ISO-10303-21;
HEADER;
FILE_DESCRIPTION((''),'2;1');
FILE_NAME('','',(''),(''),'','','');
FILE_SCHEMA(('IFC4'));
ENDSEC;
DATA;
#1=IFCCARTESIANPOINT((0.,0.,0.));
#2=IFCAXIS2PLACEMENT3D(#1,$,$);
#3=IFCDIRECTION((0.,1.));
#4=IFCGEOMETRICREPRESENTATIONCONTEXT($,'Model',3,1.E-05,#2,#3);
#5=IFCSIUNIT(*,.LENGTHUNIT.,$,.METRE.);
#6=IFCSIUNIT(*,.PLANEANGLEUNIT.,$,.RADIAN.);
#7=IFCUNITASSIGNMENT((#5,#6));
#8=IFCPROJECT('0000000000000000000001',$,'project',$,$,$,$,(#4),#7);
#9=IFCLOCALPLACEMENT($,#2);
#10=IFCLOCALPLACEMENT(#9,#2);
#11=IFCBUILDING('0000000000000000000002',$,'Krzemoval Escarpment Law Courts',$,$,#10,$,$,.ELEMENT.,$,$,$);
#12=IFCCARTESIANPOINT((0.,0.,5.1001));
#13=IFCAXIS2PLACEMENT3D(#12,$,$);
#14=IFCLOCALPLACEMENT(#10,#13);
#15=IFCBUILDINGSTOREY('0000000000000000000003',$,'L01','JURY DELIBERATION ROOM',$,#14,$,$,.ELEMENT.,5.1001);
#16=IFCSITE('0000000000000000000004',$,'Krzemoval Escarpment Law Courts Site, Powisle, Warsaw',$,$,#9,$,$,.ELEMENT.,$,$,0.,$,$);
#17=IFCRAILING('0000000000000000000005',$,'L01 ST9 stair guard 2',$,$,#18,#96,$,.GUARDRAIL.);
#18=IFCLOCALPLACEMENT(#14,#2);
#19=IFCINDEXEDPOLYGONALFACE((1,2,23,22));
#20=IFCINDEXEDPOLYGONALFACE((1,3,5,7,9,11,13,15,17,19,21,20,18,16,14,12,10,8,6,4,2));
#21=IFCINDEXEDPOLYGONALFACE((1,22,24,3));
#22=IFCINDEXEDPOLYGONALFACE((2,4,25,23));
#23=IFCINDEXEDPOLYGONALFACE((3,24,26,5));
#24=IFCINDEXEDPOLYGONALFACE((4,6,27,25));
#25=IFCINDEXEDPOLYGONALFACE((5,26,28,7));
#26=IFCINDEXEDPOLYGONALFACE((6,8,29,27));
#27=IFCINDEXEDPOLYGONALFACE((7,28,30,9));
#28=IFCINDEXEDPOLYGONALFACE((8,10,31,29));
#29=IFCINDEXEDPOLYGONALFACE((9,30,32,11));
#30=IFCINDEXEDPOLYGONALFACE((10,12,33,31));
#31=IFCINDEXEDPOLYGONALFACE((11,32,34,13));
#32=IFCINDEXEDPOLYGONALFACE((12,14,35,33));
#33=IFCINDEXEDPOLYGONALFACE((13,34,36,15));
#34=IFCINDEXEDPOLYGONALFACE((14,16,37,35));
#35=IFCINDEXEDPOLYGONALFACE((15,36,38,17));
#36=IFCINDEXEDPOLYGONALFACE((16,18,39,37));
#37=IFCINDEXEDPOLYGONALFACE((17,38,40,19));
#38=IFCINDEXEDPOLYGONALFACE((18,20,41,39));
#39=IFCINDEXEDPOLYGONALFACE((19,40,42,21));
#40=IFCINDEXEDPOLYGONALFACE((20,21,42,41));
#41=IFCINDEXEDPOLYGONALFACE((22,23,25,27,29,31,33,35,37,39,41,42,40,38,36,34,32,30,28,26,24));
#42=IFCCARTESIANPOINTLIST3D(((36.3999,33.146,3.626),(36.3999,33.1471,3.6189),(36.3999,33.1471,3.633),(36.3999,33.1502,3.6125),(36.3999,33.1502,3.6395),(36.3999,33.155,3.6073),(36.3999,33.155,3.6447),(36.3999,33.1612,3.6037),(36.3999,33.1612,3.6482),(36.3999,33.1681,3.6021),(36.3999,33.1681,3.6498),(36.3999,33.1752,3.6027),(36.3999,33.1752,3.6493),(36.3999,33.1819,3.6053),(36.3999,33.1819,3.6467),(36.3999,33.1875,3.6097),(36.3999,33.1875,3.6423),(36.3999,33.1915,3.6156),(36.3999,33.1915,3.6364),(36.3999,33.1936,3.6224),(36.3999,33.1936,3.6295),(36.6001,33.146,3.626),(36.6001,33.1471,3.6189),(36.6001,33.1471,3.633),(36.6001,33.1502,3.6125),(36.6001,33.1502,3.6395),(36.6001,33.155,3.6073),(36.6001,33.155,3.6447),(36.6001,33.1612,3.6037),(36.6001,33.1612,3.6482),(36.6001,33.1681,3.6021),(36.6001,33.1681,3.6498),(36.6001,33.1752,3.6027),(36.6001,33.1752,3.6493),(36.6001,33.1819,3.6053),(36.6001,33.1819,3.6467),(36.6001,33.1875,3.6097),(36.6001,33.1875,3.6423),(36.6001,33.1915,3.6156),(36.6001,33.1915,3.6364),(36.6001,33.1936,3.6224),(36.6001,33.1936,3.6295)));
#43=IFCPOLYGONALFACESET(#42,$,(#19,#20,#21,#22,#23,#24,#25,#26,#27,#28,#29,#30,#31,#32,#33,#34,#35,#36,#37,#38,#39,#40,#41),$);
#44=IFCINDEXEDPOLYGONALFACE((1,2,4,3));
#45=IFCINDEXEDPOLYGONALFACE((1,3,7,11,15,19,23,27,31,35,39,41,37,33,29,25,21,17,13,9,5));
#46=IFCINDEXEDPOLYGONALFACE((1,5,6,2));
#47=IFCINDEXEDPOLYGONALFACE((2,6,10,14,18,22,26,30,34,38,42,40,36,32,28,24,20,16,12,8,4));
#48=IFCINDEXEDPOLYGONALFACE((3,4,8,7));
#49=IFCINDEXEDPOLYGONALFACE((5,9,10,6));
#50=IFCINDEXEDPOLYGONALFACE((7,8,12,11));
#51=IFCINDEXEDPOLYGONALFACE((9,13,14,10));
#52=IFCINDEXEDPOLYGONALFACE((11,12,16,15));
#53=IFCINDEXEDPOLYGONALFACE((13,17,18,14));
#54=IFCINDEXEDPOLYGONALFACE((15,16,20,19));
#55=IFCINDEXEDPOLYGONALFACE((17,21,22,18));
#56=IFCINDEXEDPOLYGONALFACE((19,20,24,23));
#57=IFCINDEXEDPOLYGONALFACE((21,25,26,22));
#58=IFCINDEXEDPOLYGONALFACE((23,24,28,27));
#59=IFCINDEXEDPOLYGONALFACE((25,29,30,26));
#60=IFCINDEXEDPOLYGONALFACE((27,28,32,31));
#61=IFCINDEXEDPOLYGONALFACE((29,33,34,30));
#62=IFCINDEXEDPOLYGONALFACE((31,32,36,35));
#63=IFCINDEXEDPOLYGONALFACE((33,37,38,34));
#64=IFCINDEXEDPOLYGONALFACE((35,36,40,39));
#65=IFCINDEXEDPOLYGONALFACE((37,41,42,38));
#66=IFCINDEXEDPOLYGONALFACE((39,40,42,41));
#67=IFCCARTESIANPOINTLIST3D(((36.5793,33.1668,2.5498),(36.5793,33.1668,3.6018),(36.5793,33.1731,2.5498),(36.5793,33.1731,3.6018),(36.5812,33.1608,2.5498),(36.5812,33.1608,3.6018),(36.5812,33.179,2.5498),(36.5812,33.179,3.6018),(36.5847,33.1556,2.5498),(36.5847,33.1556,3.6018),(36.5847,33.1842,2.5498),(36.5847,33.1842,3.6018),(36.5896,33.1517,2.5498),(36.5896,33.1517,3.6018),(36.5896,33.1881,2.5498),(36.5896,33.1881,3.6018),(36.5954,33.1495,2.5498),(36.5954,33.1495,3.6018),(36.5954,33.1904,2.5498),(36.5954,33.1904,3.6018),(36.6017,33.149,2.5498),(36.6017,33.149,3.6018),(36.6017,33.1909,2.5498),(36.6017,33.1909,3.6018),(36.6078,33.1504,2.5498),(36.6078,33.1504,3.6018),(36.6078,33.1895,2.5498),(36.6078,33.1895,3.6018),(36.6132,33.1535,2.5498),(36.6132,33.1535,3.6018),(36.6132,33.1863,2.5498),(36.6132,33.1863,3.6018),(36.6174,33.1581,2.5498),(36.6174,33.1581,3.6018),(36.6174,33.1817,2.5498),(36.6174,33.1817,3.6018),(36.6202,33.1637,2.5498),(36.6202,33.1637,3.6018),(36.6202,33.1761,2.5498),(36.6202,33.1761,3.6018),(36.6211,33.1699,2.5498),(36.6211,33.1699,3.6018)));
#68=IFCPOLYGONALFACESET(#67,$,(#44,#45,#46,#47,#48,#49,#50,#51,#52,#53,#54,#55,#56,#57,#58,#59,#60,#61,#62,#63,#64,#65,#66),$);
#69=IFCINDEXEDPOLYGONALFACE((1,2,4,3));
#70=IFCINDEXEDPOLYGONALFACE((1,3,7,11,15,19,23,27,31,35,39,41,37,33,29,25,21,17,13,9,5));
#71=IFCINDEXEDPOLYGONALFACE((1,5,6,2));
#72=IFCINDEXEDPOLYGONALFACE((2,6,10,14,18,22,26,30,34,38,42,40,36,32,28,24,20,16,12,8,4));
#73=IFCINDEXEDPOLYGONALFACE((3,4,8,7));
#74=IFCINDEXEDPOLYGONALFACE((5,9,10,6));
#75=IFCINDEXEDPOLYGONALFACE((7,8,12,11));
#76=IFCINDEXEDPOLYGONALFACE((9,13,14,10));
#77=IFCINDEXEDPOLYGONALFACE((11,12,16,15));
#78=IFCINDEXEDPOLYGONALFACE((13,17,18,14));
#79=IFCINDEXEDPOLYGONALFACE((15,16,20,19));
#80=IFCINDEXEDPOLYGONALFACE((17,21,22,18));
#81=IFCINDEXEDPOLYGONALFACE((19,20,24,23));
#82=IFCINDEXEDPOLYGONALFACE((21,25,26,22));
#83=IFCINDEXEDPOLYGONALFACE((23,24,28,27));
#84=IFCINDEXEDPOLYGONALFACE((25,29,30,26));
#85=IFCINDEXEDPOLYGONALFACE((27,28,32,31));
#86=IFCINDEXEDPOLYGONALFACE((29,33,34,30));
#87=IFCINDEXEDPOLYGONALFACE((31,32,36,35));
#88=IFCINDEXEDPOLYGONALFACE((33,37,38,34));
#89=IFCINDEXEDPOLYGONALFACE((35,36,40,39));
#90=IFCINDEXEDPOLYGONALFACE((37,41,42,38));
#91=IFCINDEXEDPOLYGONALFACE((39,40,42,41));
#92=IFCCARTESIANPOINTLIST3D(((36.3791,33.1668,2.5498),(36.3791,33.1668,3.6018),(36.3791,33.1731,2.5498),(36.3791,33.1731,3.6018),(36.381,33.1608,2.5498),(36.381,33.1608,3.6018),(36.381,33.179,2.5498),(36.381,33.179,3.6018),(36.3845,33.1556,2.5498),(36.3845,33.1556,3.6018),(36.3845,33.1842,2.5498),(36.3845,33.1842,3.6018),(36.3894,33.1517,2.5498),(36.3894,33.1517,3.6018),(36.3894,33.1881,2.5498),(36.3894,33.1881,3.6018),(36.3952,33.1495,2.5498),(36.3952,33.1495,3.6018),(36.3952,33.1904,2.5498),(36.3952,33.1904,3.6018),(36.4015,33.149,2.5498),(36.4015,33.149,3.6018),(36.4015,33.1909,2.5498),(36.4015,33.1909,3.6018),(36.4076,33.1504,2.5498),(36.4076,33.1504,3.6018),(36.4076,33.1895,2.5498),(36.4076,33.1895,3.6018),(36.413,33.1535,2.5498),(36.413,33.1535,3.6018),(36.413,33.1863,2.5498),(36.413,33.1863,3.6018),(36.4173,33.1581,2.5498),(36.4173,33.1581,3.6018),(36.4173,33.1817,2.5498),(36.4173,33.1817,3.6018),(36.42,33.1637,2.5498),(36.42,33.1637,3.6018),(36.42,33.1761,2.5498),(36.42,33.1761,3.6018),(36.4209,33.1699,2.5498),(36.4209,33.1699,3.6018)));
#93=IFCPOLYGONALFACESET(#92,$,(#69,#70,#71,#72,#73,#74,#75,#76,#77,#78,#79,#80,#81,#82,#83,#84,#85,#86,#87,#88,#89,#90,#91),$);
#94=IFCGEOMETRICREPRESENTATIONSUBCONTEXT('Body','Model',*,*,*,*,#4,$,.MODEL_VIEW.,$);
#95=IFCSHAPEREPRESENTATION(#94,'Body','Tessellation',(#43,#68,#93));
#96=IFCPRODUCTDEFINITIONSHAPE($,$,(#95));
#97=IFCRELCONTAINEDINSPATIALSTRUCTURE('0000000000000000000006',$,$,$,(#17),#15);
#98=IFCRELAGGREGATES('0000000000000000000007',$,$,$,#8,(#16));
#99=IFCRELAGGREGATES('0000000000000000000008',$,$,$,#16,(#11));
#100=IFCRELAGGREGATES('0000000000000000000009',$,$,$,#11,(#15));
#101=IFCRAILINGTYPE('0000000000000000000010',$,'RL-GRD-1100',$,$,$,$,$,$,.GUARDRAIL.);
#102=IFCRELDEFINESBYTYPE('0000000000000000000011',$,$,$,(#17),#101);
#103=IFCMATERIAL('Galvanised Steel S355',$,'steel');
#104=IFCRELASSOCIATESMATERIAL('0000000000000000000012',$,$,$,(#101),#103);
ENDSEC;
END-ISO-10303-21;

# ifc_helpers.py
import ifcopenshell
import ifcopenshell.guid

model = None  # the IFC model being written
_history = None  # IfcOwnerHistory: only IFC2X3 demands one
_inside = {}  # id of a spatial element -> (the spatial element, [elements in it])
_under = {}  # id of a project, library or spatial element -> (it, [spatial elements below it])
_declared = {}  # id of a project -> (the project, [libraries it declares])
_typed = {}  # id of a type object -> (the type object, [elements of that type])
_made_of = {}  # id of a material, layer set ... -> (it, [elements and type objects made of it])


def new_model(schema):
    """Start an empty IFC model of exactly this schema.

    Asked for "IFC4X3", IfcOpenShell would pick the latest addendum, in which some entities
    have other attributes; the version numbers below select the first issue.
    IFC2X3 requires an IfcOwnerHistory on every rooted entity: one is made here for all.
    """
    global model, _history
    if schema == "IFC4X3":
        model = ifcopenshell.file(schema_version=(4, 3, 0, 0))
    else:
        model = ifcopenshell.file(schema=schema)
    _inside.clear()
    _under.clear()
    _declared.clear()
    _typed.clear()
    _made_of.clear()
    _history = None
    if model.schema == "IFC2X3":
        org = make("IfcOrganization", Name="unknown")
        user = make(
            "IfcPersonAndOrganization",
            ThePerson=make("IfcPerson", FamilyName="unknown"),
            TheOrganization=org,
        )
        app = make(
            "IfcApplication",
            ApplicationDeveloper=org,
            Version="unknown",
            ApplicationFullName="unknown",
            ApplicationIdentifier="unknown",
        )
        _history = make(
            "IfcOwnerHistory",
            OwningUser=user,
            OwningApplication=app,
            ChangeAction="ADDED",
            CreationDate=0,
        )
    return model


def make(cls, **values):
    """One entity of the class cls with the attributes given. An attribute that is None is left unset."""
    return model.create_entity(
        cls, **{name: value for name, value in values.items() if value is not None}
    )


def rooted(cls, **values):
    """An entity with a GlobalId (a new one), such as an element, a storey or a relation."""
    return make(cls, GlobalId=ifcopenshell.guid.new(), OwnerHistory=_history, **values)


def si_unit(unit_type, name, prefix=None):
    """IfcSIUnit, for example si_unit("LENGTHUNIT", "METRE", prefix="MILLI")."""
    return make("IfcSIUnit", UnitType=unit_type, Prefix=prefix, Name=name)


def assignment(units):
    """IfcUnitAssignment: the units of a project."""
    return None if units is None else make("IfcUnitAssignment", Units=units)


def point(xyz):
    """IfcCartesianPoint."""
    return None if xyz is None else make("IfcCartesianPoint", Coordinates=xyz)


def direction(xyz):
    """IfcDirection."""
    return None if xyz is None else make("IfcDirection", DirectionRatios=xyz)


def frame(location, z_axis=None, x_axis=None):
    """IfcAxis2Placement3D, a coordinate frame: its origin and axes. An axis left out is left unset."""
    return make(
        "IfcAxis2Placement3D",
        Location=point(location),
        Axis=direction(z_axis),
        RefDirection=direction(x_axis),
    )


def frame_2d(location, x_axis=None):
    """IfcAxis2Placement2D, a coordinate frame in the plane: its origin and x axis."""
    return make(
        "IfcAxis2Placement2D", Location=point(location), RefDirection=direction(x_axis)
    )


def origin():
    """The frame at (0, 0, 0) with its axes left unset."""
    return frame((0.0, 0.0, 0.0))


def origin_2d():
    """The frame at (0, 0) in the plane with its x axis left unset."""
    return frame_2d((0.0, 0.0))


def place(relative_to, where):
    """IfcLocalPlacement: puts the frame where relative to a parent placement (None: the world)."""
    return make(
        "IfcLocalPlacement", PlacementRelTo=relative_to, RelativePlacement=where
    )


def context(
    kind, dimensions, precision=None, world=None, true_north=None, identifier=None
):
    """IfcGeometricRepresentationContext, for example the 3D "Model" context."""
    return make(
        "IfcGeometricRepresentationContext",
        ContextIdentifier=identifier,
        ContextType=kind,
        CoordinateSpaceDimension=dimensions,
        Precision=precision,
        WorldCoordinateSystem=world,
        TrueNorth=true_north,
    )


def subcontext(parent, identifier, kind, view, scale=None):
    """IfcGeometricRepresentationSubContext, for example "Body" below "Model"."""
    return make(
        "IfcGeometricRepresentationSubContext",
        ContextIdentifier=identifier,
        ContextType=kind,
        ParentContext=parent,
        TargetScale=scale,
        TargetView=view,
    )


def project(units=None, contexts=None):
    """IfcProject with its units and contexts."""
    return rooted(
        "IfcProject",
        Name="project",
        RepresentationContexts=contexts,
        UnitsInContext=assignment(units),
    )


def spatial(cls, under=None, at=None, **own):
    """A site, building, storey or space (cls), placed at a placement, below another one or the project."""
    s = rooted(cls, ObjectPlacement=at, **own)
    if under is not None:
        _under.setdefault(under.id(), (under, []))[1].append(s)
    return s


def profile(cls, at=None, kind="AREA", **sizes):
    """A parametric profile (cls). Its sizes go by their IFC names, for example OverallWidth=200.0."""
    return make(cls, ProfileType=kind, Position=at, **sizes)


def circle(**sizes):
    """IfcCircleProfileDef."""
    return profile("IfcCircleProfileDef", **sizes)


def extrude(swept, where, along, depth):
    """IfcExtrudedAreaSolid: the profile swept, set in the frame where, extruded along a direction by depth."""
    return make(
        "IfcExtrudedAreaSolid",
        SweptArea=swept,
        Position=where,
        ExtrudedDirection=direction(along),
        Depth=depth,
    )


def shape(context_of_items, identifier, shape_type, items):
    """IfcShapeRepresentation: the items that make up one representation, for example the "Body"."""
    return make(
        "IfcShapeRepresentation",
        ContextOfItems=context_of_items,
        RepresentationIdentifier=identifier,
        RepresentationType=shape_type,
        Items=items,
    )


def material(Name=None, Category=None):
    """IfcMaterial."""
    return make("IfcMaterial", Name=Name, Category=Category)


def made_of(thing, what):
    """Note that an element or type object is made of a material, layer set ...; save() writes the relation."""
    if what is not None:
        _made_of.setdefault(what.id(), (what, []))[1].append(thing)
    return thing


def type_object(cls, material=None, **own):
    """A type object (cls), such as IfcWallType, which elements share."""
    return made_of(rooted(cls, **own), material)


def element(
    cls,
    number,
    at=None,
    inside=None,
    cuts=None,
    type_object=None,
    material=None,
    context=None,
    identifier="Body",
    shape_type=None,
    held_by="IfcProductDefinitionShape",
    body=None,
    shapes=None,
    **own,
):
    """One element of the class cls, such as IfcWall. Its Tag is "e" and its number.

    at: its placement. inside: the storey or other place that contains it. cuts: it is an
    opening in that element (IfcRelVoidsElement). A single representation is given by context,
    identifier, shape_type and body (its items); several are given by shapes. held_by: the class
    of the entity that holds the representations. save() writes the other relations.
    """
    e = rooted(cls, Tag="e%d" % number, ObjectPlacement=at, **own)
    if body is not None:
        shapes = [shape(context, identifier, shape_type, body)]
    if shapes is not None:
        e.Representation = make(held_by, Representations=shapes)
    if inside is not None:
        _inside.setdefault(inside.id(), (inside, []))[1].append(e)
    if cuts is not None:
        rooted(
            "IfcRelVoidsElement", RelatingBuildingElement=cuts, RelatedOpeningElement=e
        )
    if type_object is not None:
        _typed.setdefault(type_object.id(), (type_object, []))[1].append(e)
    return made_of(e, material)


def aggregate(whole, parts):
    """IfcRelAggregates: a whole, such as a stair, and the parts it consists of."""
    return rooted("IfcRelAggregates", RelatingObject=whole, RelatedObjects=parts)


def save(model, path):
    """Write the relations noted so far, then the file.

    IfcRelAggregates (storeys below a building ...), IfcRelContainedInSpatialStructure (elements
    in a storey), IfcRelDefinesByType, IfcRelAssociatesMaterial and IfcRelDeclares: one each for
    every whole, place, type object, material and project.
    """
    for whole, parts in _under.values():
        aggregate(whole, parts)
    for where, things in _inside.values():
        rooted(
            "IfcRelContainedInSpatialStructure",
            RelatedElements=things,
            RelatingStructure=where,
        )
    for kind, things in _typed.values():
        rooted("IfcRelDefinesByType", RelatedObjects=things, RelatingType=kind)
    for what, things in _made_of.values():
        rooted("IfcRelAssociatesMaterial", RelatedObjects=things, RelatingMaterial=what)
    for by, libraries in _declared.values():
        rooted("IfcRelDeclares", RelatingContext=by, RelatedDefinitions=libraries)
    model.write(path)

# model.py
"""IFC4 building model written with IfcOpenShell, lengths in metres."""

from ifc_helpers import new_model, si_unit, direction, frame, origin, origin_2d, place, context, subcontext, project, spatial, circle, extrude, material, type_object, element, save


model = new_model("IFC4")

# Units and contexts
model_context = context("Model", 3, precision=1e-05, world=origin(), true_north=direction((0.0, 1.0)))
body_context = subcontext(model_context, "Body", "Model", "MODEL_VIEW")
ifc_project = project(units=[si_unit("LENGTHUNIT", "METRE"), si_unit("PLANEANGLEUNIT", "RADIAN")], contexts=[model_context])

# Site, building, storey
site_placement = place(None, origin())
site = spatial("IfcSite", under=ifc_project, at=site_placement, Name="Krzemoval Escarpment Law Courts Site, Powisle, Warsaw", CompositionType="ELEMENT", RefElevation=0.0)
building_placement = place(site_placement, origin())
building = spatial("IfcBuilding", under=site, at=building_placement, Name="Krzemoval Escarpment Law Courts", CompositionType="ELEMENT")
storey_placement = place(building_placement, frame((0.0, 0.0, 5.1001)))
storey = spatial("IfcBuildingStorey", under=building, at=storey_placement, Name="L01", Description="JURY DELIBERATION ROOM", CompositionType="ELEMENT", Elevation=5.1001)

# Railing
ifc_material_1 = material(Name="Galvanised Steel S355", Category="steel")
railing_type_1 = type_object("IfcRailingType", Name="RL-GRD-1100", PredefinedType="GUARDRAIL", material=ifc_material_1)
railing_1_placement = place(storey_placement, frame((36.6001, 33.1699, 2.5498)))
element("IfcRailing", 1, at=railing_1_placement, inside=storey, type_object=railing_type_1, Name="L01 ST9 stair guard 2", PredefinedType="GUARDRAIL", context=body_context, shape_type="SweptSolid", body=[
    extrude(circle(Radius=0.0239, at=origin_2d()), frame((0.0, 0.0, 1.0762), z_axis=(-1.0, 0.0, 0.0), x_axis=(0.0, -1.0, 0.0)), (0.0, 0.0, 1.0), 0.2002),
    extrude(circle(Radius=0.021, at=origin_2d()), origin(), (0.0, 0.0, 1.0), 1.052),
    extrude(circle(Radius=0.021, at=origin_2d()), frame((-0.2002, 0.0, 0.0)), (0.0, 0.0, 1.0), 1.052),
])

save(model, "model.ifc")
